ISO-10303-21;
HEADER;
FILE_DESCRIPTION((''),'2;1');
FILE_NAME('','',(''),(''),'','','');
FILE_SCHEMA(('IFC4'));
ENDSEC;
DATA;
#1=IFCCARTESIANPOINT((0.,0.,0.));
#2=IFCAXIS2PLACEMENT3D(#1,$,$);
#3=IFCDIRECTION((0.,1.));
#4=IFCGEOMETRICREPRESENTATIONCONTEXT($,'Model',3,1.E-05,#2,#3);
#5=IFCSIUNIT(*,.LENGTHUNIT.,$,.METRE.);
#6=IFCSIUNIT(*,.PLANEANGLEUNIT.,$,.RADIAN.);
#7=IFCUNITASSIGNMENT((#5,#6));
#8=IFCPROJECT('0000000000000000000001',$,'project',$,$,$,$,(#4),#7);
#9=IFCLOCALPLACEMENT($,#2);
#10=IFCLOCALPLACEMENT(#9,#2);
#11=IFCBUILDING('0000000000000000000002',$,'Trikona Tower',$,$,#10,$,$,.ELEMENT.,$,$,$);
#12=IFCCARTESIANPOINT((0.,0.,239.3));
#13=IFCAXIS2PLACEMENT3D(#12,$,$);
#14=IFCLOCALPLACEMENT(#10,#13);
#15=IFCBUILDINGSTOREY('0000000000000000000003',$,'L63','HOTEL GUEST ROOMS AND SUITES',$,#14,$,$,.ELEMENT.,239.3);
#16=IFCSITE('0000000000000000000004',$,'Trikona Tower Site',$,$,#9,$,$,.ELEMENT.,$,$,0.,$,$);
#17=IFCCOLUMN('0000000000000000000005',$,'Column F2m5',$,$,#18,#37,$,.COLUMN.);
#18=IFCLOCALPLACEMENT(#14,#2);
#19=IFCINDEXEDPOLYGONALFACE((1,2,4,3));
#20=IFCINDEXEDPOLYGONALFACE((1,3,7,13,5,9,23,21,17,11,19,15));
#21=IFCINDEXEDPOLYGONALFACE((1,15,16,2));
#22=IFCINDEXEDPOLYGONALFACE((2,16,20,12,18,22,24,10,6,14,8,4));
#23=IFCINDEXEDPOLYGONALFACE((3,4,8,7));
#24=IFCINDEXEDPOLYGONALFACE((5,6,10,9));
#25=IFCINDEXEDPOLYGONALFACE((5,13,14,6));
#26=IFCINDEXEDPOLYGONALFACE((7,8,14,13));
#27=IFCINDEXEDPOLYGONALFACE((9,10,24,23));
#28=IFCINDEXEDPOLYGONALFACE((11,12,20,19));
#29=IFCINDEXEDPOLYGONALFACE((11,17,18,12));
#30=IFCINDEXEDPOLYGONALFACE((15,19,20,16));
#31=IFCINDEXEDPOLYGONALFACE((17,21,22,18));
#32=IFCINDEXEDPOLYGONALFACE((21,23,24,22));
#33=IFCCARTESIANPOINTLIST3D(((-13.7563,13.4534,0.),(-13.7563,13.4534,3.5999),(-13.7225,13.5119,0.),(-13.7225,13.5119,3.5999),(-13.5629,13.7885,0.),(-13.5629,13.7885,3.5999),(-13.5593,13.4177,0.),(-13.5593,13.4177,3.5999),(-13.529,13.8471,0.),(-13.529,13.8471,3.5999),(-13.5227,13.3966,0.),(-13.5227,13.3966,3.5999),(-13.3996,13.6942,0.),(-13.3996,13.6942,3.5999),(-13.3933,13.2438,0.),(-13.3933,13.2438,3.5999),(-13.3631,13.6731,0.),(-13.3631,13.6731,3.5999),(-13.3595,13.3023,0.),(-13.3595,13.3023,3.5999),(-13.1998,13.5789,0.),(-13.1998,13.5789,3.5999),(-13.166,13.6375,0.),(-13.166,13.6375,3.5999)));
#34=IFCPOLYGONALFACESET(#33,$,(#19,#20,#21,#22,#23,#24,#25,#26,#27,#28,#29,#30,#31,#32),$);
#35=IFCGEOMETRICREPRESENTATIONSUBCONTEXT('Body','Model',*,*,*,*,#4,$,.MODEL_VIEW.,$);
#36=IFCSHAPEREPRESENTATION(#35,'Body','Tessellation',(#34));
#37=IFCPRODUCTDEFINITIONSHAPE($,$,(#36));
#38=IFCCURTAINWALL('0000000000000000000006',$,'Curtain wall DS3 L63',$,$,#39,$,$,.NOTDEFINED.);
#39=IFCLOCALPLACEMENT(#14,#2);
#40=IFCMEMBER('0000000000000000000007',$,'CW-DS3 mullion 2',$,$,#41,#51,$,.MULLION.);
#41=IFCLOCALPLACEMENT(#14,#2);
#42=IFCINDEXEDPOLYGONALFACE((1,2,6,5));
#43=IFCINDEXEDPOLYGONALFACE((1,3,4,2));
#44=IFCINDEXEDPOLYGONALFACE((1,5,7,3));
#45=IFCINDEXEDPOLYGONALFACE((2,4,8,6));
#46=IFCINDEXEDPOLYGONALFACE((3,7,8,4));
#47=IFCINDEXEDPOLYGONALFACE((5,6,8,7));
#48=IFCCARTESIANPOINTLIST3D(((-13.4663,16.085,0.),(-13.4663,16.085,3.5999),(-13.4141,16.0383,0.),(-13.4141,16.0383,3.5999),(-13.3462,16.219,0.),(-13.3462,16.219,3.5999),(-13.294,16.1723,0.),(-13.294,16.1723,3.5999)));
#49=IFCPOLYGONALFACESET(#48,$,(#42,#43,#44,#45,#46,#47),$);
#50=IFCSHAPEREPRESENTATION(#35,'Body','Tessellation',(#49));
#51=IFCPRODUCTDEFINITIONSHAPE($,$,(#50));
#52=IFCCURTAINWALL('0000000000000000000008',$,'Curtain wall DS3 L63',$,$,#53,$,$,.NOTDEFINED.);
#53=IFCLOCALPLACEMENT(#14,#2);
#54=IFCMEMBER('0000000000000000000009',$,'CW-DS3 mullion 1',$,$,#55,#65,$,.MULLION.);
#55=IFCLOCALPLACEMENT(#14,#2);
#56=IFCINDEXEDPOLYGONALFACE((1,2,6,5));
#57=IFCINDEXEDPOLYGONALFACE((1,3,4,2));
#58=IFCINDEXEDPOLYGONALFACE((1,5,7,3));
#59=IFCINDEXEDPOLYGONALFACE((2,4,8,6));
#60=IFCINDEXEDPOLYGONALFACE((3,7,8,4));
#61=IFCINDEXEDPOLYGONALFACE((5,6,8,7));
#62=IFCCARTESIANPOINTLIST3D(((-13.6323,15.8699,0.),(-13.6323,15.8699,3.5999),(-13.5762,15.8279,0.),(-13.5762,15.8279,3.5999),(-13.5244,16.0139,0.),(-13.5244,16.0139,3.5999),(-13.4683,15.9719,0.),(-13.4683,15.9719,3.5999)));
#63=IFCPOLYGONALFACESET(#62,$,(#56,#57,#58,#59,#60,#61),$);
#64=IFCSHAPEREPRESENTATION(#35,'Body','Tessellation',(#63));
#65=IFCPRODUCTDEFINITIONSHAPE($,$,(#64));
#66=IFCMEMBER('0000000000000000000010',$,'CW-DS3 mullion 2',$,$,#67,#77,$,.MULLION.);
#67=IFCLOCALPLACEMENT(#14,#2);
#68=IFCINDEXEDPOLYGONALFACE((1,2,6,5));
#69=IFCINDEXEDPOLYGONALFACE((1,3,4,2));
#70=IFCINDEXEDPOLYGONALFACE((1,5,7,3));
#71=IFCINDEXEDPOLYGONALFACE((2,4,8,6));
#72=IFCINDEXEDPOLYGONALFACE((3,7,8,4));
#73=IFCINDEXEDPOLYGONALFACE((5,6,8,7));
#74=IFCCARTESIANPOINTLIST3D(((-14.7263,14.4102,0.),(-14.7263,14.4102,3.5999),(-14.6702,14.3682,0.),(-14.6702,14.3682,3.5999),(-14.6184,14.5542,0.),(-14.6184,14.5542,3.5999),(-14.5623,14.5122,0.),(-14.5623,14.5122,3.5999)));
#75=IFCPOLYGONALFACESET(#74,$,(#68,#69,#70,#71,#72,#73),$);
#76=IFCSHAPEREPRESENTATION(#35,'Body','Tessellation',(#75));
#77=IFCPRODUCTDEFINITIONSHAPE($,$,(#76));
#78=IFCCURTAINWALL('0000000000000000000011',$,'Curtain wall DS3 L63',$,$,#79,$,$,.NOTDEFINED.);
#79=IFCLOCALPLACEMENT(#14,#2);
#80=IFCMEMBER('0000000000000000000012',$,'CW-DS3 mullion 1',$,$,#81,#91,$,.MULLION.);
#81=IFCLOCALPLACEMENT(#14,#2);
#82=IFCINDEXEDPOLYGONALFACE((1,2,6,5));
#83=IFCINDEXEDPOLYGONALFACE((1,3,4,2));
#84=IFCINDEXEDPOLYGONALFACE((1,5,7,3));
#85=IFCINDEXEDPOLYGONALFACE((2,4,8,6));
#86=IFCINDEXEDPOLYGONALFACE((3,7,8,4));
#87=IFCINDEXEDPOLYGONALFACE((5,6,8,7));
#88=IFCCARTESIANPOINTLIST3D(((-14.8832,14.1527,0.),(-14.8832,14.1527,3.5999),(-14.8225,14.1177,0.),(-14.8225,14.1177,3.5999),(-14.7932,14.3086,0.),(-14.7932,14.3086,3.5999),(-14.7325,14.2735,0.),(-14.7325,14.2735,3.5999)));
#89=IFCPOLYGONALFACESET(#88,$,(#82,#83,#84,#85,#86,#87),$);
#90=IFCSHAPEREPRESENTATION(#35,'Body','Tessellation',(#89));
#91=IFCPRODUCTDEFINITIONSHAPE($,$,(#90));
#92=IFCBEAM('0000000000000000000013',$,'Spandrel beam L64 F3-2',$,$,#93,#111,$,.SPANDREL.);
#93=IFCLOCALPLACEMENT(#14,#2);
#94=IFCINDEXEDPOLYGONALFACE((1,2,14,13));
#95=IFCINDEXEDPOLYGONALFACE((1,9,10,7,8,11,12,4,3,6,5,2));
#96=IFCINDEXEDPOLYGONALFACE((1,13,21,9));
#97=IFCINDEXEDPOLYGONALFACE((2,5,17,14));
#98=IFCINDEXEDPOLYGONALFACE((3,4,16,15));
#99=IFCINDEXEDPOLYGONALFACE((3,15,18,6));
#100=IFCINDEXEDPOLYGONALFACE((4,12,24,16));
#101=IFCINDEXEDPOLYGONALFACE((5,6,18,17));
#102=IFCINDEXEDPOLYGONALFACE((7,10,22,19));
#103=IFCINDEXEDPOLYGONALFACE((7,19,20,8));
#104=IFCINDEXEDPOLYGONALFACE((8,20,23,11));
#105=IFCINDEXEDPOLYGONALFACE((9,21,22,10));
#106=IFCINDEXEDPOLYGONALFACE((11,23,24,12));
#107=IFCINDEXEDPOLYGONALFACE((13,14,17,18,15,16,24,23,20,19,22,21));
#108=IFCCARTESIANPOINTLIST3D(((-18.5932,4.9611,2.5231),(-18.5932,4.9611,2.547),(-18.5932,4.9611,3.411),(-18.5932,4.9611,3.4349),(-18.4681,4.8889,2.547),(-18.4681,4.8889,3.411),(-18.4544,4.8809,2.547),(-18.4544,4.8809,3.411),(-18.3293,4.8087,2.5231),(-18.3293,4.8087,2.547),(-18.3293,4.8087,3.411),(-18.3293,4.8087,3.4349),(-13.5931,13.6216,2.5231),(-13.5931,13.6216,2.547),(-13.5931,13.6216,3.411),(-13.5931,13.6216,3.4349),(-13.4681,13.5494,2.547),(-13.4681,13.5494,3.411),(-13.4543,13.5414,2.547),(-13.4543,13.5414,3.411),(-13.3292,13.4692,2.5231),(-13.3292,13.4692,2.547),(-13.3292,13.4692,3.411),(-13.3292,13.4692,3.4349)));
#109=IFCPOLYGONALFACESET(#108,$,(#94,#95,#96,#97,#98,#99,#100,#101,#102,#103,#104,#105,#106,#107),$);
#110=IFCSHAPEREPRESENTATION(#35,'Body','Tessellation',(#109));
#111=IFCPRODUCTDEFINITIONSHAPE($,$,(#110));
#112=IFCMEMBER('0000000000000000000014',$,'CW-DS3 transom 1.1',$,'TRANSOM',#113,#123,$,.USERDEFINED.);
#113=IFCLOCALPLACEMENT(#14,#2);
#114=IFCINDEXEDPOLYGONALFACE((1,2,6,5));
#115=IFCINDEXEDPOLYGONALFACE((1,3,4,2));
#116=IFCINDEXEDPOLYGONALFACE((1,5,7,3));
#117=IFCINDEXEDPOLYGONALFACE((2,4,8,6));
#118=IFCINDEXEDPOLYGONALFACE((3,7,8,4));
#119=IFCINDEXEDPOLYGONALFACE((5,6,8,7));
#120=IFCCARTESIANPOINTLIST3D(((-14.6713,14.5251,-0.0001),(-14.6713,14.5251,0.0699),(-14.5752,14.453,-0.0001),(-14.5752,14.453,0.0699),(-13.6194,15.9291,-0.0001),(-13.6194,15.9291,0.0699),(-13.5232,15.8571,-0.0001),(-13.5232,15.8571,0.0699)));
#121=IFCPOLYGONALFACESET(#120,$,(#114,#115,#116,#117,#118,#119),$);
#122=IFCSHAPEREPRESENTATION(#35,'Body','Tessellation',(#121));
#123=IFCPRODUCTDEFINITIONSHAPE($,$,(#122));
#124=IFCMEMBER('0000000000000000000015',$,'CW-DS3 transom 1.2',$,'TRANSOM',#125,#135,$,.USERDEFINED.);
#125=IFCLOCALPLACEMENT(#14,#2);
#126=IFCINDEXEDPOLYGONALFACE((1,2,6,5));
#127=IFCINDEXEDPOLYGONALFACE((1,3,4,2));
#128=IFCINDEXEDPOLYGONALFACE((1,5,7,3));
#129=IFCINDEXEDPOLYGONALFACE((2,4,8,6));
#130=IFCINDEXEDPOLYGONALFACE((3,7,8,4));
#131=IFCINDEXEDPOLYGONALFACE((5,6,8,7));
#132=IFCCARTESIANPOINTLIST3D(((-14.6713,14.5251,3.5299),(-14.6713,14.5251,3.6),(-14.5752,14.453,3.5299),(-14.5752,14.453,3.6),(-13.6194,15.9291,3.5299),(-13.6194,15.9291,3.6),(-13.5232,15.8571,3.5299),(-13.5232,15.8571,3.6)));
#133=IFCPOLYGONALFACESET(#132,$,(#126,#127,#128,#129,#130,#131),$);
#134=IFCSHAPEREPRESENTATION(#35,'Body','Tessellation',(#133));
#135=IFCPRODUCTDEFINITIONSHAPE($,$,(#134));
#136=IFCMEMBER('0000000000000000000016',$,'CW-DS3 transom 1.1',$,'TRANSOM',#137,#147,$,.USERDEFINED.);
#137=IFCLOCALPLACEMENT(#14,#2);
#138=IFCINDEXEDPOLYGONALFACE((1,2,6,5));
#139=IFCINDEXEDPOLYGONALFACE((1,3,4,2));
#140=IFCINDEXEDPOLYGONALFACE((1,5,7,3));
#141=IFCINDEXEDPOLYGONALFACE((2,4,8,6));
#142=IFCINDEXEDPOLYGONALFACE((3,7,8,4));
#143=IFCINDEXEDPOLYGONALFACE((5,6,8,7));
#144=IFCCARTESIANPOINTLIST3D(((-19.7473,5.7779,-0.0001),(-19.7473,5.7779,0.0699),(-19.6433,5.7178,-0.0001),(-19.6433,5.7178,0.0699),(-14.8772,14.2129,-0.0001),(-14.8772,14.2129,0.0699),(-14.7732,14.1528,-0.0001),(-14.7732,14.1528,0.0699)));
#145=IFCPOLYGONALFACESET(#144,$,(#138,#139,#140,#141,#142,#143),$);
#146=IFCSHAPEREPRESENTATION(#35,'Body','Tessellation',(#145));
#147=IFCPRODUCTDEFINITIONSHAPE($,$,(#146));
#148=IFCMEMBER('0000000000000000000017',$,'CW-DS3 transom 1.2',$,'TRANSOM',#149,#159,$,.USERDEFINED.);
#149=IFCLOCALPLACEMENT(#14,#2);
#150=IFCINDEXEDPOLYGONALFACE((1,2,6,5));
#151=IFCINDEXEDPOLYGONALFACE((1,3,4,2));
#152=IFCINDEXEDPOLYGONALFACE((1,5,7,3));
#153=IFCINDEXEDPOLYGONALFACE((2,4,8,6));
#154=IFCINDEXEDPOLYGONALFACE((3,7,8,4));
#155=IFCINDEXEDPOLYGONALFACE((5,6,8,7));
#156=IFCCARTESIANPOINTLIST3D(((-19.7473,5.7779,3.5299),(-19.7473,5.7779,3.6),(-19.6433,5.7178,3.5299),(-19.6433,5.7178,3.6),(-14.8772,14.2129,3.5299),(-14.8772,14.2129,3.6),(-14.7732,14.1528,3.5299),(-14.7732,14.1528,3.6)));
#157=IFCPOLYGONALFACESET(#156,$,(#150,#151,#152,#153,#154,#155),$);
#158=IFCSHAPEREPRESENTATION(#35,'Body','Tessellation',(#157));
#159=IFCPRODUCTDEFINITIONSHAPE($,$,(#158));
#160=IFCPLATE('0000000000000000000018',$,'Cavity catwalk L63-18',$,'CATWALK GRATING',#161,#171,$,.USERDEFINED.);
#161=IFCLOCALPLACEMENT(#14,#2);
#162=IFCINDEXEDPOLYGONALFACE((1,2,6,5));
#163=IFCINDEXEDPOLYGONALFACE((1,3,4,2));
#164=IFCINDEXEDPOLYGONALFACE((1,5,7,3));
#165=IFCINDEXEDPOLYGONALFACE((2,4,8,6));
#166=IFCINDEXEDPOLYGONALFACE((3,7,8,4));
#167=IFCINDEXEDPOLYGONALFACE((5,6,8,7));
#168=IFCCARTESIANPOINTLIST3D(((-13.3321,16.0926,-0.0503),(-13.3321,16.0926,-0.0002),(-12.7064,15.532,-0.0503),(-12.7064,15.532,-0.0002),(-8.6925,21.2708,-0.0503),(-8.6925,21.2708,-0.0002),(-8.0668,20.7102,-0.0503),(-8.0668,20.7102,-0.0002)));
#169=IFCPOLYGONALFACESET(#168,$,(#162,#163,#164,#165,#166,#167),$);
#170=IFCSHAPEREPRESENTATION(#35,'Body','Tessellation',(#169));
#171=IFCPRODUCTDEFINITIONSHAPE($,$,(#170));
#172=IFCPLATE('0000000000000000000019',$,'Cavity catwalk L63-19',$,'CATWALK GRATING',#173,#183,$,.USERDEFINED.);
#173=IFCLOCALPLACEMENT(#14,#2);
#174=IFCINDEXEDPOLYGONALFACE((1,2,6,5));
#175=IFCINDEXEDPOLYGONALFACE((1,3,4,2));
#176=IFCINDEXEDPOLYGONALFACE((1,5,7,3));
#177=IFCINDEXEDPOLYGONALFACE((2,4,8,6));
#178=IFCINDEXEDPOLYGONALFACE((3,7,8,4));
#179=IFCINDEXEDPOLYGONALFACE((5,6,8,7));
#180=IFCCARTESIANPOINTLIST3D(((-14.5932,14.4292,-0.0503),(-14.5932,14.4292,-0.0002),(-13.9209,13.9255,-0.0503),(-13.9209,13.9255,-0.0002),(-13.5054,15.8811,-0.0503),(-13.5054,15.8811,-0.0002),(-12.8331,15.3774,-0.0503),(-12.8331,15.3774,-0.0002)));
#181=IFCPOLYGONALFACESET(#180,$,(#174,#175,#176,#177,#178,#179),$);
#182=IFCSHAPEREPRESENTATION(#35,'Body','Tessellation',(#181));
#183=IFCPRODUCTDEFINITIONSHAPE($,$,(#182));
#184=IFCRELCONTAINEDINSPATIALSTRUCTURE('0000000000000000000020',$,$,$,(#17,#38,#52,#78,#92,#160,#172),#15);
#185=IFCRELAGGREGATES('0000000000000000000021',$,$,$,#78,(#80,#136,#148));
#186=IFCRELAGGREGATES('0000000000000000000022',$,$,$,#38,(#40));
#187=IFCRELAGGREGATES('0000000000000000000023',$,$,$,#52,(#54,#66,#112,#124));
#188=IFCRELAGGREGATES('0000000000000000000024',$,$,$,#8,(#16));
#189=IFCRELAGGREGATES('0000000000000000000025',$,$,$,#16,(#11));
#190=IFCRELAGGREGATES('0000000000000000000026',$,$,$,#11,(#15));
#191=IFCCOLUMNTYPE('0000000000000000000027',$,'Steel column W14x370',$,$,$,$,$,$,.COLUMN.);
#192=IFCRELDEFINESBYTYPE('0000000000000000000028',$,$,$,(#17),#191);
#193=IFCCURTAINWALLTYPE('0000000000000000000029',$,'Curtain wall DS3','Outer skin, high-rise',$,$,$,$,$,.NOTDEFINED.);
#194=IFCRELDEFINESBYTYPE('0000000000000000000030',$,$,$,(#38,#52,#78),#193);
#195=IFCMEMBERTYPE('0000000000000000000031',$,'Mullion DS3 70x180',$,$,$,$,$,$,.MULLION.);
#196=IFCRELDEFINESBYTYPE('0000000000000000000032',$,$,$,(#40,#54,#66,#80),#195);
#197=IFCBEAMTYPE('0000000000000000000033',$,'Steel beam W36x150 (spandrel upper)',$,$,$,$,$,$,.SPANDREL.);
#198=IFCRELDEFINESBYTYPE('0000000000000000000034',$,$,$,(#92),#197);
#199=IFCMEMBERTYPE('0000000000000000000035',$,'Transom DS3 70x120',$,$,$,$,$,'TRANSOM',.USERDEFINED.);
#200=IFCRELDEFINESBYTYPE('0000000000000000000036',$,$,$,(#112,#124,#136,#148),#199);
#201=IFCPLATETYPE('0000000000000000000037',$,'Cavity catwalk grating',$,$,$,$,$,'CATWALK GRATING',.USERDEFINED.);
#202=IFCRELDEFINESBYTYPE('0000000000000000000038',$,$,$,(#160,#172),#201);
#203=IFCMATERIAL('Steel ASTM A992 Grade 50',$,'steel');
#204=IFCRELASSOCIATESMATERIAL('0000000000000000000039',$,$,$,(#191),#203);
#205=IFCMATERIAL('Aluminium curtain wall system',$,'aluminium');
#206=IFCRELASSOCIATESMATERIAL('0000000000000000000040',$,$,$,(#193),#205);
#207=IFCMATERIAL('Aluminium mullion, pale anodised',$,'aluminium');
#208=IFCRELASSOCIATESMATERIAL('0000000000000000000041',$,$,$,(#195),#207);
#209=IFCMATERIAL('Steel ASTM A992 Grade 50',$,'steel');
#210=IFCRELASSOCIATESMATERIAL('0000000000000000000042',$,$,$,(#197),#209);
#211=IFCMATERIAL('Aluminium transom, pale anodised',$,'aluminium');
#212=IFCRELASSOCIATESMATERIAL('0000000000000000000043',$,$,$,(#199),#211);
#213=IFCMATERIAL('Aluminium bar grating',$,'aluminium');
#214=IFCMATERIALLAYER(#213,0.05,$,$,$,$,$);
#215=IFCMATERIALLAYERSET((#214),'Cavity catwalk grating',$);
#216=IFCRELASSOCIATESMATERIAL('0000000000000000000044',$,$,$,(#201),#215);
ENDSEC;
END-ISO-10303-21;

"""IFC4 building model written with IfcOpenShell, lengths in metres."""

from ifc_helpers import new_model, si_unit, direction, frame, origin, origin_2d, place, context, subcontext, project, spatial, rectangle, i_section, extrude, material, layer, layer_set, material_profile, profile_set, type_object, element, aggregate, save


model = new_model("IFC4")

# Units and contexts
model_context = context("Model", 3, precision=1e-05, world=origin(), true_north=direction((0.0, 1.0)))
body_context = subcontext(model_context, "Body", "Model", "MODEL_VIEW")
ifc_project = project(units=[si_unit("LENGTHUNIT", "METRE"), si_unit("PLANEANGLEUNIT", "RADIAN")], contexts=[model_context])

# Site, building, storey
site_placement = place(None, origin())
site = spatial("IfcSite", under=ifc_project, at=site_placement, Name="Trikona Tower Site", CompositionType="ELEMENT", RefElevation=0.0)
building_placement = place(site_placement, origin())
building = spatial("IfcBuilding", under=site, at=building_placement, Name="Trikona Tower", CompositionType="ELEMENT")
storey_placement = place(building_placement, frame((0.0, 0.0, 239.3)))
storey = spatial("IfcBuildingStorey", under=building, at=storey_placement, Name="L63", Description="HOTEL GUEST ROOMS AND SUITES", CompositionType="ELEMENT", Elevation=239.3)

# Column
ifc_material_1 = material(Name="Steel ASTM A992 Grade 50", Category="steel")
ifc_material_profile_1 = material_profile(ifc_material_1, i_section(OverallWidth=0.4192, OverallDepth=0.4546, WebThickness=0.0422, FlangeThickness=0.0676, at=origin_2d()), Name="W14X370")
ifc_profile_set_1 = profile_set([ifc_material_profile_1], Name="Steel ASTM A992 Grade 50")
column_type = type_object("IfcColumnType", Name="Steel column W14x370", PredefinedType="COLUMN", material=ifc_profile_set_1)
column_placement = place(storey_placement, frame((-13.4612, 13.5454, 0.0), z_axis=(0.0, 0.0, 1.0), x_axis=(-0.866025, 0.5, 0.0)))
element("IfcColumn", 1, at=column_placement, inside=storey, type_object=column_type, Name="Column F2m5", PredefinedType="COLUMN", context=body_context, shape_type="SweptSolid", body=[
    extrude(i_section(OverallWidth=0.4192, OverallDepth=0.4546, WebThickness=0.0422, FlangeThickness=0.0676, at=origin_2d()), origin(), (0.0, 0.0, 1.0), 3.5999),
])

# Curtain wall, member
ifc_material_2 = material(Name="Aluminium curtain wall system", Category="aluminium")
curtain_wall_type = type_object("IfcCurtainWallType", Name="Curtain wall DS3", Description="Outer skin, high-rise", PredefinedType="NOTDEFINED", material=ifc_material_2)
curtain_wall_1_placement = place(storey_placement, origin())
curtain_wall_1 = element("IfcCurtainWall", 2, at=curtain_wall_1_placement, inside=storey, type_object=curtain_wall_type, Name="Curtain wall DS3 L63", PredefinedType="NOTDEFINED")
ifc_material_3 = material(Name="Aluminium mullion, pale anodised", Category="aluminium")
ifc_material_profile_2 = material_profile(ifc_material_3, rectangle(XDim=0.0701, YDim=0.1799, at=origin_2d()), Name="MUL-DS3")
ifc_profile_set_2 = profile_set([ifc_material_profile_2], Name="Aluminium mullion, pale anodised")
member_type_1 = type_object("IfcMemberType", Name="Mullion DS3 70x180", PredefinedType="MULLION", material=ifc_profile_set_2)
member_1_placement = place(storey_placement, frame((-13.3801, 16.1287, 0.0), z_axis=(0.0, 0.0, 1.0), x_axis=(0.744771, -0.66732, 0.0)))
member_1 = element("IfcMember", 3, at=member_1_placement, type_object=member_type_1, Name="CW-DS3 mullion 2", PredefinedType="MULLION", context=body_context, shape_type="SweptSolid", body=[
    extrude(rectangle(XDim=0.0701, YDim=0.1799, at=origin_2d()), origin(), (0.0, 0.0, 1.0), 3.5999),
])

# Curtain wall, members
curtain_wall_2_placement = place(storey_placement, origin())
curtain_wall_2 = element("IfcCurtainWall", 4, at=curtain_wall_2_placement, inside=storey, type_object=curtain_wall_type, Name="Curtain wall DS3 L63", PredefinedType="NOTDEFINED")
member_2_placement = place(storey_placement, frame((-13.5503, 15.9209, 0.0), z_axis=(0.0, 0.0, 1.0), x_axis=(0.80026, -0.599654, 0.0)))
member_2 = element("IfcMember", 5, at=member_2_placement, type_object=member_type_1, Name="CW-DS3 mullion 1", PredefinedType="MULLION", context=body_context, shape_type="SweptSolid", body=[
    extrude(rectangle(XDim=0.0701, YDim=0.1799, at=origin_2d()), origin(), (0.0, 0.0, 1.0), 3.5999),
])
member_3_placement = place(storey_placement, frame((-14.6443, 14.4612, 0.0), z_axis=(0.0, 0.0, 1.0), x_axis=(0.80026, -0.599654, 0.0)))
member_3 = element("IfcMember", 6, at=member_3_placement, type_object=member_type_1, Name="CW-DS3 mullion 2", PredefinedType="MULLION", context=body_context, shape_type="SweptSolid", body=[
    extrude(rectangle(XDim=0.0701, YDim=0.1799, at=origin_2d()), origin(), (0.0, 0.0, 1.0), 3.5999),
])

# Curtain wall, member
curtain_wall_3_placement = place(storey_placement, origin())
curtain_wall_3 = element("IfcCurtainWall", 7, at=curtain_wall_3_placement, inside=storey, type_object=curtain_wall_type, Name="Curtain wall DS3 L63", PredefinedType="NOTDEFINED")
member_4_placement = place(storey_placement, frame((-14.8079, 14.2131, 0.0), z_axis=(0.0, 0.0, 1.0), x_axis=(0.866025, -0.500001, 0.0)))
member_4 = element("IfcMember", 8, at=member_4_placement, type_object=member_type_1, Name="CW-DS3 mullion 1", PredefinedType="MULLION", context=body_context, shape_type="SweptSolid", body=[
    extrude(rectangle(XDim=0.0701, YDim=0.1799, at=origin_2d()), origin(), (0.0, 0.0, 1.0), 3.5999),
])

# Beam
ifc_material_4 = material(Name="Steel ASTM A992 Grade 50", Category="steel")
ifc_material_profile_3 = material_profile(ifc_material_4, i_section(OverallWidth=0.3047, OverallDepth=0.9119, WebThickness=0.0159, FlangeThickness=0.0239, at=origin_2d()), Name="W36X150")
ifc_profile_set_3 = profile_set([ifc_material_profile_3], Name="Steel ASTM A992 Grade 50")
beam_type = type_object("IfcBeamType", Name="Steel beam W36x150 (spandrel upper)", PredefinedType="SPANDREL", material=ifc_profile_set_3)
beam_placement = place(storey_placement, frame((-13.4612, 13.5454, 2.979), z_axis=(-0.499994, -0.866029, 0.0), x_axis=(0.866029, -0.499994, 0.0)))
element("IfcBeam", 9, at=beam_placement, inside=storey, type_object=beam_type, Name="Spandrel beam L64 F3-2", PredefinedType="SPANDREL", context=body_context, shape_type="SweptSolid", body=[
    extrude(i_section(OverallWidth=0.3047, OverallDepth=0.9119, WebThickness=0.0159, FlangeThickness=0.0239, at=origin_2d()), origin(), (0.0, 0.0, 1.0), 10.0002),
])

# Members
ifc_material_5 = material(Name="Aluminium transom, pale anodised", Category="aluminium")
ifc_material_profile_4 = material_profile(ifc_material_5, rectangle(XDim=0.1201, YDim=0.0701, at=origin_2d()), Name="TRN-DS3")
ifc_profile_set_4 = profile_set([ifc_material_profile_4], Name="Aluminium transom, pale anodised")
member_type_2 = type_object("IfcMemberType", Name="Transom DS3 70x120", ElementType="TRANSOM", PredefinedType="USERDEFINED", material=ifc_profile_set_4)
member_5_placement = place(storey_placement, frame((-13.5713, 15.8931, 0.0349), z_axis=(-0.599621, -0.800284, 0.0), x_axis=(0.800284, -0.599621, 0.0)))
member_5 = element("IfcMember", 10, at=member_5_placement, type_object=member_type_2, Name="CW-DS3 transom 1.1", ObjectType="TRANSOM", PredefinedType="USERDEFINED", context=body_context, shape_type="SweptSolid", body=[
    extrude(rectangle(XDim=0.1201, YDim=0.0701, at=origin_2d()), origin(), (0.0, 0.0, 1.0), 1.7544),
])
member_6_placement = place(storey_placement, frame((-13.5713, 15.8931, 3.5649), z_axis=(-0.599621, -0.800284, 0.0), x_axis=(0.800284, -0.599621, 0.0)))
member_6 = element("IfcMember", 11, at=member_6_placement, type_object=member_type_2, Name="CW-DS3 transom 1.2", ObjectType="TRANSOM", PredefinedType="USERDEFINED", context=body_context, shape_type="SweptSolid", body=[
    extrude(rectangle(XDim=0.1201, YDim=0.0701, at=origin_2d()), origin(), (0.0, 0.0, 1.0), 1.7544),
])
member_7_placement = place(storey_placement, frame((-14.8252, 14.1829, 0.0349), z_axis=(-0.50001, -0.866019, 0.0), x_axis=(0.866019, -0.50001, 0.0)))
member_7 = element("IfcMember", 12, at=member_7_placement, type_object=member_type_2, Name="CW-DS3 transom 1.1", ObjectType="TRANSOM", PredefinedType="USERDEFINED", context=body_context, shape_type="SweptSolid", body=[
    extrude(rectangle(XDim=0.1201, YDim=0.0701, at=origin_2d()), origin(), (0.0, 0.0, 1.0), 9.74),
])
member_8_placement = place(storey_placement, frame((-14.8252, 14.1829, 3.5649), z_axis=(-0.50001, -0.866019, 0.0), x_axis=(0.866019, -0.50001, 0.0)))
member_8 = element("IfcMember", 13, at=member_8_placement, type_object=member_type_2, Name="CW-DS3 transom 1.2", ObjectType="TRANSOM", PredefinedType="USERDEFINED", context=body_context, shape_type="SweptSolid", body=[
    extrude(rectangle(XDim=0.1201, YDim=0.0701, at=origin_2d()), origin(), (0.0, 0.0, 1.0), 9.74),
])
aggregate(curtain_wall_3, [member_4, member_7, member_8])

# Plates
ifc_material_6 = material(Name="Aluminium bar grating", Category="aluminium")
ifc_layer_1 = layer(ifc_material_6, 0.05)
ifc_layer_set_1 = layer_set([ifc_layer_1], Name="Cavity catwalk grating")
plate_type_1 = type_object("IfcPlateType", Name="Cavity catwalk grating", ElementType="CATWALK GRATING", PredefinedType="USERDEFINED", material=ifc_layer_set_1)
plate_1_placement = place(storey_placement, frame((-10.6995, 18.4014, -0.0503), z_axis=(0.0, 0.0, 1.0), x_axis=(-0.667311, -0.744779, 0.0)))
element("IfcPlate", 14, at=plate_1_placement, inside=storey, type_object=plate_type_1, Name="Cavity catwalk L63-18", ObjectType="CATWALK GRATING", PredefinedType="USERDEFINED", context=body_context, shape_type="SweptSolid", body=[
    extrude(rectangle(XDim=6.9526, YDim=0.8401, at=origin_2d()), origin(), (0.0, 0.0, 1.0), 0.05),
])
plate_2_placement = place(storey_placement, frame((-13.7131, 14.9033, -0.0503), z_axis=(0.0, 0.0, 1.0), x_axis=(-0.599619, -0.800286, 0.0)))
element("IfcPlate", 15, at=plate_2_placement, inside=storey, type_object=plate_type_1, Name="Cavity catwalk L63-19", ObjectType="CATWALK GRATING", PredefinedType="USERDEFINED", context=body_context, shape_type="SweptSolid", body=[
    extrude(rectangle(XDim=1.8142, YDim=0.8401, at=origin_2d()), origin(), (0.0, 0.0, 1.0), 0.05),
])

aggregate(curtain_wall_1, [member_1])
aggregate(curtain_wall_2, [member_2, member_3, member_5, member_6])

save(model, "model.ifc")
